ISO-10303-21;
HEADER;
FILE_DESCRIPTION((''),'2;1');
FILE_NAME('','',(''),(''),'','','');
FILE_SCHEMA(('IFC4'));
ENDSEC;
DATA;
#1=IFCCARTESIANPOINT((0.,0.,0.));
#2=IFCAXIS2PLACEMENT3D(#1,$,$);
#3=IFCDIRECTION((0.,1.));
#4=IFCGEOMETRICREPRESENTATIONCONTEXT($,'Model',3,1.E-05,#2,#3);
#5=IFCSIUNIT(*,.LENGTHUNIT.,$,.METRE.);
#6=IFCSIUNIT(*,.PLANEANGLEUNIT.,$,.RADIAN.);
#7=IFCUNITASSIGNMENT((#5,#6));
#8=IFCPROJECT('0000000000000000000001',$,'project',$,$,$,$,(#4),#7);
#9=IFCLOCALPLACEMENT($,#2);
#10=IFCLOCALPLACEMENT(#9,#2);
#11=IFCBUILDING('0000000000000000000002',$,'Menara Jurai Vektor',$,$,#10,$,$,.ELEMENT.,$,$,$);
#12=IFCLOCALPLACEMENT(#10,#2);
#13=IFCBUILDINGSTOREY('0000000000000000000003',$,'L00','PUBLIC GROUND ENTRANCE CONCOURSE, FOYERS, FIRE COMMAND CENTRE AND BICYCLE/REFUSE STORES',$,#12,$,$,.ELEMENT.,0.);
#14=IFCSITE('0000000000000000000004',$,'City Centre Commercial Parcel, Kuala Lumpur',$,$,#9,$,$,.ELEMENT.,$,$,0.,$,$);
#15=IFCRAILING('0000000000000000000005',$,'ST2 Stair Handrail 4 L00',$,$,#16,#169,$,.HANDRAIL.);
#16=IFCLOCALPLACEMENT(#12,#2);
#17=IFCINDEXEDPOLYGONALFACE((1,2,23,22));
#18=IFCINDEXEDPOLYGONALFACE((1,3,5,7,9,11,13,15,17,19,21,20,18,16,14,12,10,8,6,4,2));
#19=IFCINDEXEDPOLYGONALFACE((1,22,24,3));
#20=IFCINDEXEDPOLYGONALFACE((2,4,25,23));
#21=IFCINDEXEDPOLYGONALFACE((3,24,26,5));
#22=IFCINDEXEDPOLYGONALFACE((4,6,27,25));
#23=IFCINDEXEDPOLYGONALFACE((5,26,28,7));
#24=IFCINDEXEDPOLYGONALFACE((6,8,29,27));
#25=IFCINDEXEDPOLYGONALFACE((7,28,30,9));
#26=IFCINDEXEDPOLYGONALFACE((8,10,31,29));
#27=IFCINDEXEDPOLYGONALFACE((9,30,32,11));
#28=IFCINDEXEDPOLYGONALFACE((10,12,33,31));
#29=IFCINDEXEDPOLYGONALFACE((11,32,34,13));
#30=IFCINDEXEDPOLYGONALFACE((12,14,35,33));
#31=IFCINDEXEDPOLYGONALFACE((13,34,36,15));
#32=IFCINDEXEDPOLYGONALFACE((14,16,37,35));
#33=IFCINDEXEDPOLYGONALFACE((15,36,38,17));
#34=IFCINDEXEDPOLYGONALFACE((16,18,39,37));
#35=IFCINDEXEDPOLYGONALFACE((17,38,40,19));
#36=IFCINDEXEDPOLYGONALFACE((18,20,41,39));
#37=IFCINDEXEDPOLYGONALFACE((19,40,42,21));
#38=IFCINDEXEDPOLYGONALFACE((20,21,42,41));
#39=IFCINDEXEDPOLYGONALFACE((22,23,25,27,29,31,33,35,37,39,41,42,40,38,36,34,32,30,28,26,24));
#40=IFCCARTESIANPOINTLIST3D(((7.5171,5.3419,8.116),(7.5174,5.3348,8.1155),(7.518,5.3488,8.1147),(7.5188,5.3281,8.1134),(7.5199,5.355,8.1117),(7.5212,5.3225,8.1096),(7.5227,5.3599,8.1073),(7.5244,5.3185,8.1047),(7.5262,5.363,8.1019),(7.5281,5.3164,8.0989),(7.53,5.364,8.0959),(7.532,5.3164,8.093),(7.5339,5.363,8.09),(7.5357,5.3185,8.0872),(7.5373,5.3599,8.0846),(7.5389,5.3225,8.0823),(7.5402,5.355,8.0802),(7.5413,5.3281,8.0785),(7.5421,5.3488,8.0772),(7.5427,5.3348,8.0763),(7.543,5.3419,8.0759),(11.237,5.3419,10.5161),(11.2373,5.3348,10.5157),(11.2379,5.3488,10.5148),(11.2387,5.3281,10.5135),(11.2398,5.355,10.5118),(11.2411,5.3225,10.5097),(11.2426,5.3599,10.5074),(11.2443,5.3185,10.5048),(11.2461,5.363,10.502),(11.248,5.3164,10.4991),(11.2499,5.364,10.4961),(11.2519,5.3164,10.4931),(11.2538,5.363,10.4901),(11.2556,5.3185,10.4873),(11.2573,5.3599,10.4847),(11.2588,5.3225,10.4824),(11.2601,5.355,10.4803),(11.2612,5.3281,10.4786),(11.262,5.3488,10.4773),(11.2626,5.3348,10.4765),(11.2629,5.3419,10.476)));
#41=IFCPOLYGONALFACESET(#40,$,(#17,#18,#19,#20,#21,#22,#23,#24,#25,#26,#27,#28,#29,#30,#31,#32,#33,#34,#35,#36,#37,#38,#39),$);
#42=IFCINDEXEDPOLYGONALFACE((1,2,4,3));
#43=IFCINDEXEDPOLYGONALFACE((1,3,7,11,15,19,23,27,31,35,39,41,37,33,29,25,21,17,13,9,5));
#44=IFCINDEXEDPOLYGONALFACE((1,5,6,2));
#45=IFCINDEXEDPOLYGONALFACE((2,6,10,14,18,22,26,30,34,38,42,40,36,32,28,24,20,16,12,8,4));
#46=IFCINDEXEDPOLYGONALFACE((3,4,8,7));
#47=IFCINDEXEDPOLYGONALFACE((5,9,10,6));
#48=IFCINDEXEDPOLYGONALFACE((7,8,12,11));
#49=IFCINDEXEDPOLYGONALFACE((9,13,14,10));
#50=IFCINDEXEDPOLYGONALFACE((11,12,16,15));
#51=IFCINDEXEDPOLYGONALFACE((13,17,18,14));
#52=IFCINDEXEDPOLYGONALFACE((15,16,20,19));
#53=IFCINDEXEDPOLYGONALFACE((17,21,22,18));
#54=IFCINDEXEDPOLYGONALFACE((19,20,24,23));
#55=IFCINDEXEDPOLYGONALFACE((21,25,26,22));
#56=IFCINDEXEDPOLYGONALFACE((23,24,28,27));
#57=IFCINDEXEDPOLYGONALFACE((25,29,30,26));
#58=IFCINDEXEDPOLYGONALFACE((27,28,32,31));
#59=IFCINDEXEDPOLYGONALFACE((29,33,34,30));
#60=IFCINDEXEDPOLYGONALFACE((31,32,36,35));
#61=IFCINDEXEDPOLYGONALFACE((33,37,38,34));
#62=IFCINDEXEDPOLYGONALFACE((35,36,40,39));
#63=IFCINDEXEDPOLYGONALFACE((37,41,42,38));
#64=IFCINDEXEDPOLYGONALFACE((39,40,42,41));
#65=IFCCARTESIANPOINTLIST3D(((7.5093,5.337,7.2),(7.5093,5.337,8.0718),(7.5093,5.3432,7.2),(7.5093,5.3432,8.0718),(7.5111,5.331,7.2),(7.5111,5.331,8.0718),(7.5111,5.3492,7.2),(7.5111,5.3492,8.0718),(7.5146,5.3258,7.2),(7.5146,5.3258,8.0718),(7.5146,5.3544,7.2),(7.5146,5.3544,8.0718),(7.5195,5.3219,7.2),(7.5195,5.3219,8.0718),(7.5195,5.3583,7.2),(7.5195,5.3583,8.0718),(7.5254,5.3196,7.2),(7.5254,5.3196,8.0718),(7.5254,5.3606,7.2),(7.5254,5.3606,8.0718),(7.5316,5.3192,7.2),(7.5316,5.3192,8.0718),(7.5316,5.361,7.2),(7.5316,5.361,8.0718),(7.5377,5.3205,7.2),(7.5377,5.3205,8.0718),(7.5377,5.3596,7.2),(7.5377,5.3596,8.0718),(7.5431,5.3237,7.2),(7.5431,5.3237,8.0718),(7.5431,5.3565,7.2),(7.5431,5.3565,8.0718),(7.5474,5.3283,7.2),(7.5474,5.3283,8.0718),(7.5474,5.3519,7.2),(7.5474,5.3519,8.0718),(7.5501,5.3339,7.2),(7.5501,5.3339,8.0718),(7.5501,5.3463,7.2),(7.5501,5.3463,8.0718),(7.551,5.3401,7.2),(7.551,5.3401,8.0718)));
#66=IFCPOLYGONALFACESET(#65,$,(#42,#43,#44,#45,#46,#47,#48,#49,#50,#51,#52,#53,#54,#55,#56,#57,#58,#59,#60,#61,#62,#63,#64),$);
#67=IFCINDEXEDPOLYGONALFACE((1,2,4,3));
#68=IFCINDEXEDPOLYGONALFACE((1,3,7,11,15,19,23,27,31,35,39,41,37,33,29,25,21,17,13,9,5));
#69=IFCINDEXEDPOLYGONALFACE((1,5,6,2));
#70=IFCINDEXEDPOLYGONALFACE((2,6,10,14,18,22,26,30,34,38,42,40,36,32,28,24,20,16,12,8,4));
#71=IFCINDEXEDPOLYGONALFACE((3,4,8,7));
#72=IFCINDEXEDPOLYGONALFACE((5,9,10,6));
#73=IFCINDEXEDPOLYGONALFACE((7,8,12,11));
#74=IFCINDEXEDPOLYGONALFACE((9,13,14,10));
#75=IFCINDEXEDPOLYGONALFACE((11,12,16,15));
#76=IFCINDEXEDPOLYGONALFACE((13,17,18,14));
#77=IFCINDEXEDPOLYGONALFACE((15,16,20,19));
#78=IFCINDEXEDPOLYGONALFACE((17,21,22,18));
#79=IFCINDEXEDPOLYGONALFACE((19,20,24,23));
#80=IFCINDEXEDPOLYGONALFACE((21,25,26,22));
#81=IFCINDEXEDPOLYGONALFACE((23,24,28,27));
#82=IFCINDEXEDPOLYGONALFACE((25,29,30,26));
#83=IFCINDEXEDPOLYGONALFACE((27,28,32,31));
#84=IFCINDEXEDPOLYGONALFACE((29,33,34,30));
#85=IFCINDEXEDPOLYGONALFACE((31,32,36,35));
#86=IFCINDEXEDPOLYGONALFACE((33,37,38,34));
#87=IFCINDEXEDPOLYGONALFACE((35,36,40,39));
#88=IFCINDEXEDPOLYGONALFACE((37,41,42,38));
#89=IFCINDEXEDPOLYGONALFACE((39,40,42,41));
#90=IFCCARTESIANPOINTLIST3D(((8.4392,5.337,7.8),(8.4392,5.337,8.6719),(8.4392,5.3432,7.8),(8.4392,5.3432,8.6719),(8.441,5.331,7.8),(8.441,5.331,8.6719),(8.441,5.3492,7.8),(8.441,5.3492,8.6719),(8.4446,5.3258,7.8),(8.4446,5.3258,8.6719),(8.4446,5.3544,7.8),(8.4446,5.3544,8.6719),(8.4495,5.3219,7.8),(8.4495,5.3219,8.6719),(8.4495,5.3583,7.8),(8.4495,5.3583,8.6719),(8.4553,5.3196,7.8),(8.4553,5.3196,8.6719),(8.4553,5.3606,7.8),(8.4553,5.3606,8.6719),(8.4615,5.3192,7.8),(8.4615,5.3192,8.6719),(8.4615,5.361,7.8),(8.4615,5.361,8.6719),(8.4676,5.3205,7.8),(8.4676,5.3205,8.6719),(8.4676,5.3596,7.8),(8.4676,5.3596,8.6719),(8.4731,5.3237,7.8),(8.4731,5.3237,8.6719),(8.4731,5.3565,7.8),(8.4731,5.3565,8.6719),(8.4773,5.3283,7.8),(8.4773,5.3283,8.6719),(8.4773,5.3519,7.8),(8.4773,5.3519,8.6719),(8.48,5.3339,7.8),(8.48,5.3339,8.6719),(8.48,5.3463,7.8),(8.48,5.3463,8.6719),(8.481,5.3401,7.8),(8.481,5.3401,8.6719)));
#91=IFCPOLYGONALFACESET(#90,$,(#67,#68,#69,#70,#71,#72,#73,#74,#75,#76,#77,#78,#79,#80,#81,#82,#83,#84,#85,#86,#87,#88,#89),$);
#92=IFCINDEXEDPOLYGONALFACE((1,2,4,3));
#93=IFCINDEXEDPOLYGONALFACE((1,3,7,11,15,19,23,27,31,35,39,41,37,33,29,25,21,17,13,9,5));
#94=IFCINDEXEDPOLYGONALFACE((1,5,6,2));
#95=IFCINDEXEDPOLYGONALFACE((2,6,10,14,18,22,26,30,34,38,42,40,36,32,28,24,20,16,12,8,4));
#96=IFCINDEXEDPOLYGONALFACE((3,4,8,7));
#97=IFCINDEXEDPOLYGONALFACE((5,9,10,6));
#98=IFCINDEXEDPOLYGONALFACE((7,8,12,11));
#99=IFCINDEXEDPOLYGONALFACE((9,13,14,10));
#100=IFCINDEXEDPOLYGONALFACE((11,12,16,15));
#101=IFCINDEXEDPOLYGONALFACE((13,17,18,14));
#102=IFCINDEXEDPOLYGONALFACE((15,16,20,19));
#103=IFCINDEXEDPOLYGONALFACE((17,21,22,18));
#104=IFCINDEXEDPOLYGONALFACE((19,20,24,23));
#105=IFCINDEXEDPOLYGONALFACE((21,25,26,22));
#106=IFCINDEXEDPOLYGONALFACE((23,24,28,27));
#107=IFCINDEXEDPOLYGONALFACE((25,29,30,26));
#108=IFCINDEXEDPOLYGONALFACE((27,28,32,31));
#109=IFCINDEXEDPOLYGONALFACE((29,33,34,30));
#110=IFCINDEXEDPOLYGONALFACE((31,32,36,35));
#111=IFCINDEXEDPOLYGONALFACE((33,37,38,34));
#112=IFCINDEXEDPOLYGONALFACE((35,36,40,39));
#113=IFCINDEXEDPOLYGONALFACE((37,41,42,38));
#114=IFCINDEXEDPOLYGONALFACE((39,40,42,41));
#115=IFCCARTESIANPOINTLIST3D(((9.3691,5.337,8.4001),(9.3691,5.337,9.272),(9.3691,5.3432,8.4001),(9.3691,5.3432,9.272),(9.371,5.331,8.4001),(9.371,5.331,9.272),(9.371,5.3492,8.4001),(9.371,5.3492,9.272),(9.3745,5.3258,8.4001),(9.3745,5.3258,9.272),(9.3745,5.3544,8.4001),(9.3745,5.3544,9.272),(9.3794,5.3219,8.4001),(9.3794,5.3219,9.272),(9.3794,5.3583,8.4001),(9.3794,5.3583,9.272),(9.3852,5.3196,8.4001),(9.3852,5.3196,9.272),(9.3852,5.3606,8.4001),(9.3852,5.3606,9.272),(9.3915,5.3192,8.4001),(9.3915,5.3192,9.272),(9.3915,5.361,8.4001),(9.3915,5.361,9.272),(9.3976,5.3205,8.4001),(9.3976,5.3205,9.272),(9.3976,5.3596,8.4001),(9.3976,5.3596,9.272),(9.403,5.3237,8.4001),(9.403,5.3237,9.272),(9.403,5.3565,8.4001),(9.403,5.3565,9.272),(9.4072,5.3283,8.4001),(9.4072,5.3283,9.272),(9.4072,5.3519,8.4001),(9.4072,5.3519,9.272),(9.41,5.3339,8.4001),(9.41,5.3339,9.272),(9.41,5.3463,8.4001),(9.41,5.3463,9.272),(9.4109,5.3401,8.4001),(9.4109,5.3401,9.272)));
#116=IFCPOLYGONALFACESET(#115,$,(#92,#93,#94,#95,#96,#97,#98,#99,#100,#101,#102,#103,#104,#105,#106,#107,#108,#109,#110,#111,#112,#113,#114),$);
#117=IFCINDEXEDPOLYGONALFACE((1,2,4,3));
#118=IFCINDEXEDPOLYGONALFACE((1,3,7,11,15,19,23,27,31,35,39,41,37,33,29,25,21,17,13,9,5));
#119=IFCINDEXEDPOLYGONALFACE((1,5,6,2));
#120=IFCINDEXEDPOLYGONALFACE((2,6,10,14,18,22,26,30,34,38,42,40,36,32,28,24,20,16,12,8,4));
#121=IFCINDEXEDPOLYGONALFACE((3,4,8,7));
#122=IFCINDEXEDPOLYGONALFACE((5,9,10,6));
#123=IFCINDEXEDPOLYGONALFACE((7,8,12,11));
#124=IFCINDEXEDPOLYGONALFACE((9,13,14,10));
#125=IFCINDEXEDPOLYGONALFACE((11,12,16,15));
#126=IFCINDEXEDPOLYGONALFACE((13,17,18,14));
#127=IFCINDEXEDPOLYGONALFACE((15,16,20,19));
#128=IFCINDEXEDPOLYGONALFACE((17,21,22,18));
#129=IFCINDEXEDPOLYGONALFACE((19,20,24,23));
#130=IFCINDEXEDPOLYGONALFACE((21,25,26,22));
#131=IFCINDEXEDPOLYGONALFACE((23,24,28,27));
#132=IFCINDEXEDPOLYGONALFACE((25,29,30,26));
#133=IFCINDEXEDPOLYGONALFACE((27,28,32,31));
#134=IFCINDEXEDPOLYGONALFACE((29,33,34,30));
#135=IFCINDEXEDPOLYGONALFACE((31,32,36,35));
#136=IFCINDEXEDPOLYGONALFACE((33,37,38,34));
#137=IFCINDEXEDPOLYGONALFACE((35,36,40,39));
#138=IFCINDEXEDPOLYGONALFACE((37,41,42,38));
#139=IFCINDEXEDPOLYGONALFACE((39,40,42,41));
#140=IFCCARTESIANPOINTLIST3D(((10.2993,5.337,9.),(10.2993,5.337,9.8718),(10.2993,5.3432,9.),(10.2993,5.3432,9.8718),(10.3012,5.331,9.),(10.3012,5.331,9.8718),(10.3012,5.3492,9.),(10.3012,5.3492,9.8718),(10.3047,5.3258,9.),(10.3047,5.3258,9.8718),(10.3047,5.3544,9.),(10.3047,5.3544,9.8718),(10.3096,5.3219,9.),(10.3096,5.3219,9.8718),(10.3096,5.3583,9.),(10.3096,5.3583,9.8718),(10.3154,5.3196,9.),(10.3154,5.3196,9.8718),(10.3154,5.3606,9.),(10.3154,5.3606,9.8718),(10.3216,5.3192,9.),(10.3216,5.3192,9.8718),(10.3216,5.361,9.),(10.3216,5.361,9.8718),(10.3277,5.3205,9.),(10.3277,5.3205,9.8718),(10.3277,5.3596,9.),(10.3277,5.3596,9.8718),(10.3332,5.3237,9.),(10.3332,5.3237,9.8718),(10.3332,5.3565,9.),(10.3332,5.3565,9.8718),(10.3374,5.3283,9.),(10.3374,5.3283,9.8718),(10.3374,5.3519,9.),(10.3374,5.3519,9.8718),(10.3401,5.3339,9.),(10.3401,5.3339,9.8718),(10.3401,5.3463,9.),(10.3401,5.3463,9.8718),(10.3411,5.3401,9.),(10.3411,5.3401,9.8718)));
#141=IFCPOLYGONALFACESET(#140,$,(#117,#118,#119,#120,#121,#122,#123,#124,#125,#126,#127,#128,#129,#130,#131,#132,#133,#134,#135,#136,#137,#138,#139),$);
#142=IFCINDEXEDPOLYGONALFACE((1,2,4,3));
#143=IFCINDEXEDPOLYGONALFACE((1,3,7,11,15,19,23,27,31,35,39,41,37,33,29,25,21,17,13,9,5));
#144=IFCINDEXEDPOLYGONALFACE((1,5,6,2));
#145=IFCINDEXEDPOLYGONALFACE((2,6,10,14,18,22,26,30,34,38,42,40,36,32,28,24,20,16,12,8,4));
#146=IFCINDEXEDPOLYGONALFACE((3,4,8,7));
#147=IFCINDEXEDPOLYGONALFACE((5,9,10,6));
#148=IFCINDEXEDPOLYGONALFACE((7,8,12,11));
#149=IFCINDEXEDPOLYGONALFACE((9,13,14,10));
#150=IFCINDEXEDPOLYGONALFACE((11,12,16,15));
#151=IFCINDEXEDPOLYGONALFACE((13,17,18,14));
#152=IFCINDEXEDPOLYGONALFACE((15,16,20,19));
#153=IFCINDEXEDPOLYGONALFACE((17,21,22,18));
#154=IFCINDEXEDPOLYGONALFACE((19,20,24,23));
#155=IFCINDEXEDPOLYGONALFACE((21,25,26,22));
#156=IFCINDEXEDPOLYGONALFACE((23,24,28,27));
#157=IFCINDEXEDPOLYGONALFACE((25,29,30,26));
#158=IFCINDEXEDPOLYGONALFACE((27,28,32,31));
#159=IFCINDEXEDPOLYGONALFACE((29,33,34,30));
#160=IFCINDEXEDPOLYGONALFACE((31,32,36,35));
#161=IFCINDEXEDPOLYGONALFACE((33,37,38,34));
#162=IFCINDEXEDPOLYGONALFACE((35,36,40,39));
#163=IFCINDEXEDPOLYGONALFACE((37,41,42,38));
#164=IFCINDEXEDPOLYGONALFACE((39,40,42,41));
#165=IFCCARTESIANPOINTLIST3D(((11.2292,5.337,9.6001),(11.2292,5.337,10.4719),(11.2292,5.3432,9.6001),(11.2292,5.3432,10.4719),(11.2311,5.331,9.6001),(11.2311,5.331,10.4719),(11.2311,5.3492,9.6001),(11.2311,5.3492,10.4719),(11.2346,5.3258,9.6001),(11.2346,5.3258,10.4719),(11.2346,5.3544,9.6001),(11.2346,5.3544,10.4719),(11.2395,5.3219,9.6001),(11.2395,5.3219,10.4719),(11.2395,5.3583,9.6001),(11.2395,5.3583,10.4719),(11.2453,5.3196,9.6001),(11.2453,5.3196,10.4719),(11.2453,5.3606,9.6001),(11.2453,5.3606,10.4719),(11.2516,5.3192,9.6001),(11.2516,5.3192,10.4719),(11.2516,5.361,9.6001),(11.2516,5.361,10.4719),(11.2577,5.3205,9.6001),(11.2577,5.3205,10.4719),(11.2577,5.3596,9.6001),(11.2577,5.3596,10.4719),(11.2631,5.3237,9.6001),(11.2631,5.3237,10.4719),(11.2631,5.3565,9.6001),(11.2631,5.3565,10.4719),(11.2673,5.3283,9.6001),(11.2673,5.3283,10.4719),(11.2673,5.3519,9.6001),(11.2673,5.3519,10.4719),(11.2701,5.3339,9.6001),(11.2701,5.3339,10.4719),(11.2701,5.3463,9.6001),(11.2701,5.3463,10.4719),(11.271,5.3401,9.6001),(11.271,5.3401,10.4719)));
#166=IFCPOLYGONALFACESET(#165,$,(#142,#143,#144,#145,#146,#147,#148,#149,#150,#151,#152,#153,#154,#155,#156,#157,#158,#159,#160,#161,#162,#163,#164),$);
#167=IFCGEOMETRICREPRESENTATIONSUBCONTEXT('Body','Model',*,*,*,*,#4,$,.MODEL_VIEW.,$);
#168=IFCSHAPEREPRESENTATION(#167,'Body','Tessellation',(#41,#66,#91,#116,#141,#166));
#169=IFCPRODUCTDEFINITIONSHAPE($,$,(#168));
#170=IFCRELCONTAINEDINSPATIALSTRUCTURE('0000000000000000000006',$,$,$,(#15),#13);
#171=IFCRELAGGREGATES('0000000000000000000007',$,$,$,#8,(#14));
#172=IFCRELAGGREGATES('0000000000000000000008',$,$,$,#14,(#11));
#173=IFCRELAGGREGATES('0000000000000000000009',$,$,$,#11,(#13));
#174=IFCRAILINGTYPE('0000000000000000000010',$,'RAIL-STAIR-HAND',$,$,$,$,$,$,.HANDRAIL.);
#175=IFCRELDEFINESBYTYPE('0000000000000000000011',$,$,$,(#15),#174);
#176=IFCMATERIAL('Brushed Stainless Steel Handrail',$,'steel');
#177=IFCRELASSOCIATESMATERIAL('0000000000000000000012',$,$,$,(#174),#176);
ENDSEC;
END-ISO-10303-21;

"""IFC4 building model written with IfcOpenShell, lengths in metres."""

from ifc_helpers import new_model, si_unit, direction, frame, origin, origin_2d, place, context, subcontext, project, spatial, circle, extrude, material, type_object, element, save


model = new_model("IFC4")

# Units and contexts
model_context = context("Model", 3, precision=1e-05, world=origin(), true_north=direction((0.0, 1.0)))
body_context = subcontext(model_context, "Body", "Model", "MODEL_VIEW")
ifc_project = project(units=[si_unit("LENGTHUNIT", "METRE"), si_unit("PLANEANGLEUNIT", "RADIAN")], contexts=[model_context])

# Site, building, storey
site_placement = place(None, origin())
site = spatial("IfcSite", under=ifc_project, at=site_placement, Name="City Centre Commercial Parcel, Kuala Lumpur", CompositionType="ELEMENT", RefElevation=0.0)
building_placement = place(site_placement, origin())
building = spatial("IfcBuilding", under=site, at=building_placement, Name="Menara Jurai Vektor", CompositionType="ELEMENT")
storey_placement = place(building_placement, origin())
storey = spatial("IfcBuildingStorey", under=building, at=storey_placement, Name="L00", Description="PUBLIC GROUND ENTRANCE CONCOURSE, FOYERS, FIRE COMMAND CENTRE AND BICYCLE/REFUSE STORES", CompositionType="ELEMENT", Elevation=0.0)

# Railing
ifc_material_1 = material(Name="Brushed Stainless Steel Handrail", Category="steel")
railing_type_1 = type_object("IfcRailingType", Name="RAIL-STAIR-HAND", PredefinedType="HANDRAIL", material=ifc_material_1)
railing_1_placement = place(storey_placement, frame((7.53, 5.3401, 7.2)))
element("IfcRailing", 1, at=railing_1_placement, inside=storey, type_object=railing_type_1, Name="ST2 Stair Handrail 4 L00", PredefinedType="HANDRAIL", context=body_context, shape_type="SweptSolid", body=[
    extrude(circle(Radius=0.0239, at=origin_2d()), frame((0.0, 0.0, 0.896), z_axis=(0.84028, 0.0, 0.542153), x_axis=(0.0, 1.0, 0.0)), (0.0, 0.0, 1.0), 4.427),
    extrude(circle(Radius=0.021, at=origin_2d()), origin(), (0.0, 0.0, 1.0), 0.8718),
    extrude(circle(Radius=0.021, at=origin_2d()), frame((0.9299, 0.0, 0.6001)), (0.0, 0.0, 1.0), 0.8718),
    extrude(circle(Radius=0.021, at=origin_2d()), frame((1.8599, 0.0, 1.2002)), (0.0, 0.0, 1.0), 0.8718),
    extrude(circle(Radius=0.021, at=origin_2d()), frame((2.79, 0.0, 1.8)), (0.0, 0.0, 1.0), 0.8718),
    extrude(circle(Radius=0.021, at=origin_2d()), frame((3.72, 0.0, 2.4001)), (0.0, 0.0, 1.0), 0.8718),
])

save(model, "model.ifc")
